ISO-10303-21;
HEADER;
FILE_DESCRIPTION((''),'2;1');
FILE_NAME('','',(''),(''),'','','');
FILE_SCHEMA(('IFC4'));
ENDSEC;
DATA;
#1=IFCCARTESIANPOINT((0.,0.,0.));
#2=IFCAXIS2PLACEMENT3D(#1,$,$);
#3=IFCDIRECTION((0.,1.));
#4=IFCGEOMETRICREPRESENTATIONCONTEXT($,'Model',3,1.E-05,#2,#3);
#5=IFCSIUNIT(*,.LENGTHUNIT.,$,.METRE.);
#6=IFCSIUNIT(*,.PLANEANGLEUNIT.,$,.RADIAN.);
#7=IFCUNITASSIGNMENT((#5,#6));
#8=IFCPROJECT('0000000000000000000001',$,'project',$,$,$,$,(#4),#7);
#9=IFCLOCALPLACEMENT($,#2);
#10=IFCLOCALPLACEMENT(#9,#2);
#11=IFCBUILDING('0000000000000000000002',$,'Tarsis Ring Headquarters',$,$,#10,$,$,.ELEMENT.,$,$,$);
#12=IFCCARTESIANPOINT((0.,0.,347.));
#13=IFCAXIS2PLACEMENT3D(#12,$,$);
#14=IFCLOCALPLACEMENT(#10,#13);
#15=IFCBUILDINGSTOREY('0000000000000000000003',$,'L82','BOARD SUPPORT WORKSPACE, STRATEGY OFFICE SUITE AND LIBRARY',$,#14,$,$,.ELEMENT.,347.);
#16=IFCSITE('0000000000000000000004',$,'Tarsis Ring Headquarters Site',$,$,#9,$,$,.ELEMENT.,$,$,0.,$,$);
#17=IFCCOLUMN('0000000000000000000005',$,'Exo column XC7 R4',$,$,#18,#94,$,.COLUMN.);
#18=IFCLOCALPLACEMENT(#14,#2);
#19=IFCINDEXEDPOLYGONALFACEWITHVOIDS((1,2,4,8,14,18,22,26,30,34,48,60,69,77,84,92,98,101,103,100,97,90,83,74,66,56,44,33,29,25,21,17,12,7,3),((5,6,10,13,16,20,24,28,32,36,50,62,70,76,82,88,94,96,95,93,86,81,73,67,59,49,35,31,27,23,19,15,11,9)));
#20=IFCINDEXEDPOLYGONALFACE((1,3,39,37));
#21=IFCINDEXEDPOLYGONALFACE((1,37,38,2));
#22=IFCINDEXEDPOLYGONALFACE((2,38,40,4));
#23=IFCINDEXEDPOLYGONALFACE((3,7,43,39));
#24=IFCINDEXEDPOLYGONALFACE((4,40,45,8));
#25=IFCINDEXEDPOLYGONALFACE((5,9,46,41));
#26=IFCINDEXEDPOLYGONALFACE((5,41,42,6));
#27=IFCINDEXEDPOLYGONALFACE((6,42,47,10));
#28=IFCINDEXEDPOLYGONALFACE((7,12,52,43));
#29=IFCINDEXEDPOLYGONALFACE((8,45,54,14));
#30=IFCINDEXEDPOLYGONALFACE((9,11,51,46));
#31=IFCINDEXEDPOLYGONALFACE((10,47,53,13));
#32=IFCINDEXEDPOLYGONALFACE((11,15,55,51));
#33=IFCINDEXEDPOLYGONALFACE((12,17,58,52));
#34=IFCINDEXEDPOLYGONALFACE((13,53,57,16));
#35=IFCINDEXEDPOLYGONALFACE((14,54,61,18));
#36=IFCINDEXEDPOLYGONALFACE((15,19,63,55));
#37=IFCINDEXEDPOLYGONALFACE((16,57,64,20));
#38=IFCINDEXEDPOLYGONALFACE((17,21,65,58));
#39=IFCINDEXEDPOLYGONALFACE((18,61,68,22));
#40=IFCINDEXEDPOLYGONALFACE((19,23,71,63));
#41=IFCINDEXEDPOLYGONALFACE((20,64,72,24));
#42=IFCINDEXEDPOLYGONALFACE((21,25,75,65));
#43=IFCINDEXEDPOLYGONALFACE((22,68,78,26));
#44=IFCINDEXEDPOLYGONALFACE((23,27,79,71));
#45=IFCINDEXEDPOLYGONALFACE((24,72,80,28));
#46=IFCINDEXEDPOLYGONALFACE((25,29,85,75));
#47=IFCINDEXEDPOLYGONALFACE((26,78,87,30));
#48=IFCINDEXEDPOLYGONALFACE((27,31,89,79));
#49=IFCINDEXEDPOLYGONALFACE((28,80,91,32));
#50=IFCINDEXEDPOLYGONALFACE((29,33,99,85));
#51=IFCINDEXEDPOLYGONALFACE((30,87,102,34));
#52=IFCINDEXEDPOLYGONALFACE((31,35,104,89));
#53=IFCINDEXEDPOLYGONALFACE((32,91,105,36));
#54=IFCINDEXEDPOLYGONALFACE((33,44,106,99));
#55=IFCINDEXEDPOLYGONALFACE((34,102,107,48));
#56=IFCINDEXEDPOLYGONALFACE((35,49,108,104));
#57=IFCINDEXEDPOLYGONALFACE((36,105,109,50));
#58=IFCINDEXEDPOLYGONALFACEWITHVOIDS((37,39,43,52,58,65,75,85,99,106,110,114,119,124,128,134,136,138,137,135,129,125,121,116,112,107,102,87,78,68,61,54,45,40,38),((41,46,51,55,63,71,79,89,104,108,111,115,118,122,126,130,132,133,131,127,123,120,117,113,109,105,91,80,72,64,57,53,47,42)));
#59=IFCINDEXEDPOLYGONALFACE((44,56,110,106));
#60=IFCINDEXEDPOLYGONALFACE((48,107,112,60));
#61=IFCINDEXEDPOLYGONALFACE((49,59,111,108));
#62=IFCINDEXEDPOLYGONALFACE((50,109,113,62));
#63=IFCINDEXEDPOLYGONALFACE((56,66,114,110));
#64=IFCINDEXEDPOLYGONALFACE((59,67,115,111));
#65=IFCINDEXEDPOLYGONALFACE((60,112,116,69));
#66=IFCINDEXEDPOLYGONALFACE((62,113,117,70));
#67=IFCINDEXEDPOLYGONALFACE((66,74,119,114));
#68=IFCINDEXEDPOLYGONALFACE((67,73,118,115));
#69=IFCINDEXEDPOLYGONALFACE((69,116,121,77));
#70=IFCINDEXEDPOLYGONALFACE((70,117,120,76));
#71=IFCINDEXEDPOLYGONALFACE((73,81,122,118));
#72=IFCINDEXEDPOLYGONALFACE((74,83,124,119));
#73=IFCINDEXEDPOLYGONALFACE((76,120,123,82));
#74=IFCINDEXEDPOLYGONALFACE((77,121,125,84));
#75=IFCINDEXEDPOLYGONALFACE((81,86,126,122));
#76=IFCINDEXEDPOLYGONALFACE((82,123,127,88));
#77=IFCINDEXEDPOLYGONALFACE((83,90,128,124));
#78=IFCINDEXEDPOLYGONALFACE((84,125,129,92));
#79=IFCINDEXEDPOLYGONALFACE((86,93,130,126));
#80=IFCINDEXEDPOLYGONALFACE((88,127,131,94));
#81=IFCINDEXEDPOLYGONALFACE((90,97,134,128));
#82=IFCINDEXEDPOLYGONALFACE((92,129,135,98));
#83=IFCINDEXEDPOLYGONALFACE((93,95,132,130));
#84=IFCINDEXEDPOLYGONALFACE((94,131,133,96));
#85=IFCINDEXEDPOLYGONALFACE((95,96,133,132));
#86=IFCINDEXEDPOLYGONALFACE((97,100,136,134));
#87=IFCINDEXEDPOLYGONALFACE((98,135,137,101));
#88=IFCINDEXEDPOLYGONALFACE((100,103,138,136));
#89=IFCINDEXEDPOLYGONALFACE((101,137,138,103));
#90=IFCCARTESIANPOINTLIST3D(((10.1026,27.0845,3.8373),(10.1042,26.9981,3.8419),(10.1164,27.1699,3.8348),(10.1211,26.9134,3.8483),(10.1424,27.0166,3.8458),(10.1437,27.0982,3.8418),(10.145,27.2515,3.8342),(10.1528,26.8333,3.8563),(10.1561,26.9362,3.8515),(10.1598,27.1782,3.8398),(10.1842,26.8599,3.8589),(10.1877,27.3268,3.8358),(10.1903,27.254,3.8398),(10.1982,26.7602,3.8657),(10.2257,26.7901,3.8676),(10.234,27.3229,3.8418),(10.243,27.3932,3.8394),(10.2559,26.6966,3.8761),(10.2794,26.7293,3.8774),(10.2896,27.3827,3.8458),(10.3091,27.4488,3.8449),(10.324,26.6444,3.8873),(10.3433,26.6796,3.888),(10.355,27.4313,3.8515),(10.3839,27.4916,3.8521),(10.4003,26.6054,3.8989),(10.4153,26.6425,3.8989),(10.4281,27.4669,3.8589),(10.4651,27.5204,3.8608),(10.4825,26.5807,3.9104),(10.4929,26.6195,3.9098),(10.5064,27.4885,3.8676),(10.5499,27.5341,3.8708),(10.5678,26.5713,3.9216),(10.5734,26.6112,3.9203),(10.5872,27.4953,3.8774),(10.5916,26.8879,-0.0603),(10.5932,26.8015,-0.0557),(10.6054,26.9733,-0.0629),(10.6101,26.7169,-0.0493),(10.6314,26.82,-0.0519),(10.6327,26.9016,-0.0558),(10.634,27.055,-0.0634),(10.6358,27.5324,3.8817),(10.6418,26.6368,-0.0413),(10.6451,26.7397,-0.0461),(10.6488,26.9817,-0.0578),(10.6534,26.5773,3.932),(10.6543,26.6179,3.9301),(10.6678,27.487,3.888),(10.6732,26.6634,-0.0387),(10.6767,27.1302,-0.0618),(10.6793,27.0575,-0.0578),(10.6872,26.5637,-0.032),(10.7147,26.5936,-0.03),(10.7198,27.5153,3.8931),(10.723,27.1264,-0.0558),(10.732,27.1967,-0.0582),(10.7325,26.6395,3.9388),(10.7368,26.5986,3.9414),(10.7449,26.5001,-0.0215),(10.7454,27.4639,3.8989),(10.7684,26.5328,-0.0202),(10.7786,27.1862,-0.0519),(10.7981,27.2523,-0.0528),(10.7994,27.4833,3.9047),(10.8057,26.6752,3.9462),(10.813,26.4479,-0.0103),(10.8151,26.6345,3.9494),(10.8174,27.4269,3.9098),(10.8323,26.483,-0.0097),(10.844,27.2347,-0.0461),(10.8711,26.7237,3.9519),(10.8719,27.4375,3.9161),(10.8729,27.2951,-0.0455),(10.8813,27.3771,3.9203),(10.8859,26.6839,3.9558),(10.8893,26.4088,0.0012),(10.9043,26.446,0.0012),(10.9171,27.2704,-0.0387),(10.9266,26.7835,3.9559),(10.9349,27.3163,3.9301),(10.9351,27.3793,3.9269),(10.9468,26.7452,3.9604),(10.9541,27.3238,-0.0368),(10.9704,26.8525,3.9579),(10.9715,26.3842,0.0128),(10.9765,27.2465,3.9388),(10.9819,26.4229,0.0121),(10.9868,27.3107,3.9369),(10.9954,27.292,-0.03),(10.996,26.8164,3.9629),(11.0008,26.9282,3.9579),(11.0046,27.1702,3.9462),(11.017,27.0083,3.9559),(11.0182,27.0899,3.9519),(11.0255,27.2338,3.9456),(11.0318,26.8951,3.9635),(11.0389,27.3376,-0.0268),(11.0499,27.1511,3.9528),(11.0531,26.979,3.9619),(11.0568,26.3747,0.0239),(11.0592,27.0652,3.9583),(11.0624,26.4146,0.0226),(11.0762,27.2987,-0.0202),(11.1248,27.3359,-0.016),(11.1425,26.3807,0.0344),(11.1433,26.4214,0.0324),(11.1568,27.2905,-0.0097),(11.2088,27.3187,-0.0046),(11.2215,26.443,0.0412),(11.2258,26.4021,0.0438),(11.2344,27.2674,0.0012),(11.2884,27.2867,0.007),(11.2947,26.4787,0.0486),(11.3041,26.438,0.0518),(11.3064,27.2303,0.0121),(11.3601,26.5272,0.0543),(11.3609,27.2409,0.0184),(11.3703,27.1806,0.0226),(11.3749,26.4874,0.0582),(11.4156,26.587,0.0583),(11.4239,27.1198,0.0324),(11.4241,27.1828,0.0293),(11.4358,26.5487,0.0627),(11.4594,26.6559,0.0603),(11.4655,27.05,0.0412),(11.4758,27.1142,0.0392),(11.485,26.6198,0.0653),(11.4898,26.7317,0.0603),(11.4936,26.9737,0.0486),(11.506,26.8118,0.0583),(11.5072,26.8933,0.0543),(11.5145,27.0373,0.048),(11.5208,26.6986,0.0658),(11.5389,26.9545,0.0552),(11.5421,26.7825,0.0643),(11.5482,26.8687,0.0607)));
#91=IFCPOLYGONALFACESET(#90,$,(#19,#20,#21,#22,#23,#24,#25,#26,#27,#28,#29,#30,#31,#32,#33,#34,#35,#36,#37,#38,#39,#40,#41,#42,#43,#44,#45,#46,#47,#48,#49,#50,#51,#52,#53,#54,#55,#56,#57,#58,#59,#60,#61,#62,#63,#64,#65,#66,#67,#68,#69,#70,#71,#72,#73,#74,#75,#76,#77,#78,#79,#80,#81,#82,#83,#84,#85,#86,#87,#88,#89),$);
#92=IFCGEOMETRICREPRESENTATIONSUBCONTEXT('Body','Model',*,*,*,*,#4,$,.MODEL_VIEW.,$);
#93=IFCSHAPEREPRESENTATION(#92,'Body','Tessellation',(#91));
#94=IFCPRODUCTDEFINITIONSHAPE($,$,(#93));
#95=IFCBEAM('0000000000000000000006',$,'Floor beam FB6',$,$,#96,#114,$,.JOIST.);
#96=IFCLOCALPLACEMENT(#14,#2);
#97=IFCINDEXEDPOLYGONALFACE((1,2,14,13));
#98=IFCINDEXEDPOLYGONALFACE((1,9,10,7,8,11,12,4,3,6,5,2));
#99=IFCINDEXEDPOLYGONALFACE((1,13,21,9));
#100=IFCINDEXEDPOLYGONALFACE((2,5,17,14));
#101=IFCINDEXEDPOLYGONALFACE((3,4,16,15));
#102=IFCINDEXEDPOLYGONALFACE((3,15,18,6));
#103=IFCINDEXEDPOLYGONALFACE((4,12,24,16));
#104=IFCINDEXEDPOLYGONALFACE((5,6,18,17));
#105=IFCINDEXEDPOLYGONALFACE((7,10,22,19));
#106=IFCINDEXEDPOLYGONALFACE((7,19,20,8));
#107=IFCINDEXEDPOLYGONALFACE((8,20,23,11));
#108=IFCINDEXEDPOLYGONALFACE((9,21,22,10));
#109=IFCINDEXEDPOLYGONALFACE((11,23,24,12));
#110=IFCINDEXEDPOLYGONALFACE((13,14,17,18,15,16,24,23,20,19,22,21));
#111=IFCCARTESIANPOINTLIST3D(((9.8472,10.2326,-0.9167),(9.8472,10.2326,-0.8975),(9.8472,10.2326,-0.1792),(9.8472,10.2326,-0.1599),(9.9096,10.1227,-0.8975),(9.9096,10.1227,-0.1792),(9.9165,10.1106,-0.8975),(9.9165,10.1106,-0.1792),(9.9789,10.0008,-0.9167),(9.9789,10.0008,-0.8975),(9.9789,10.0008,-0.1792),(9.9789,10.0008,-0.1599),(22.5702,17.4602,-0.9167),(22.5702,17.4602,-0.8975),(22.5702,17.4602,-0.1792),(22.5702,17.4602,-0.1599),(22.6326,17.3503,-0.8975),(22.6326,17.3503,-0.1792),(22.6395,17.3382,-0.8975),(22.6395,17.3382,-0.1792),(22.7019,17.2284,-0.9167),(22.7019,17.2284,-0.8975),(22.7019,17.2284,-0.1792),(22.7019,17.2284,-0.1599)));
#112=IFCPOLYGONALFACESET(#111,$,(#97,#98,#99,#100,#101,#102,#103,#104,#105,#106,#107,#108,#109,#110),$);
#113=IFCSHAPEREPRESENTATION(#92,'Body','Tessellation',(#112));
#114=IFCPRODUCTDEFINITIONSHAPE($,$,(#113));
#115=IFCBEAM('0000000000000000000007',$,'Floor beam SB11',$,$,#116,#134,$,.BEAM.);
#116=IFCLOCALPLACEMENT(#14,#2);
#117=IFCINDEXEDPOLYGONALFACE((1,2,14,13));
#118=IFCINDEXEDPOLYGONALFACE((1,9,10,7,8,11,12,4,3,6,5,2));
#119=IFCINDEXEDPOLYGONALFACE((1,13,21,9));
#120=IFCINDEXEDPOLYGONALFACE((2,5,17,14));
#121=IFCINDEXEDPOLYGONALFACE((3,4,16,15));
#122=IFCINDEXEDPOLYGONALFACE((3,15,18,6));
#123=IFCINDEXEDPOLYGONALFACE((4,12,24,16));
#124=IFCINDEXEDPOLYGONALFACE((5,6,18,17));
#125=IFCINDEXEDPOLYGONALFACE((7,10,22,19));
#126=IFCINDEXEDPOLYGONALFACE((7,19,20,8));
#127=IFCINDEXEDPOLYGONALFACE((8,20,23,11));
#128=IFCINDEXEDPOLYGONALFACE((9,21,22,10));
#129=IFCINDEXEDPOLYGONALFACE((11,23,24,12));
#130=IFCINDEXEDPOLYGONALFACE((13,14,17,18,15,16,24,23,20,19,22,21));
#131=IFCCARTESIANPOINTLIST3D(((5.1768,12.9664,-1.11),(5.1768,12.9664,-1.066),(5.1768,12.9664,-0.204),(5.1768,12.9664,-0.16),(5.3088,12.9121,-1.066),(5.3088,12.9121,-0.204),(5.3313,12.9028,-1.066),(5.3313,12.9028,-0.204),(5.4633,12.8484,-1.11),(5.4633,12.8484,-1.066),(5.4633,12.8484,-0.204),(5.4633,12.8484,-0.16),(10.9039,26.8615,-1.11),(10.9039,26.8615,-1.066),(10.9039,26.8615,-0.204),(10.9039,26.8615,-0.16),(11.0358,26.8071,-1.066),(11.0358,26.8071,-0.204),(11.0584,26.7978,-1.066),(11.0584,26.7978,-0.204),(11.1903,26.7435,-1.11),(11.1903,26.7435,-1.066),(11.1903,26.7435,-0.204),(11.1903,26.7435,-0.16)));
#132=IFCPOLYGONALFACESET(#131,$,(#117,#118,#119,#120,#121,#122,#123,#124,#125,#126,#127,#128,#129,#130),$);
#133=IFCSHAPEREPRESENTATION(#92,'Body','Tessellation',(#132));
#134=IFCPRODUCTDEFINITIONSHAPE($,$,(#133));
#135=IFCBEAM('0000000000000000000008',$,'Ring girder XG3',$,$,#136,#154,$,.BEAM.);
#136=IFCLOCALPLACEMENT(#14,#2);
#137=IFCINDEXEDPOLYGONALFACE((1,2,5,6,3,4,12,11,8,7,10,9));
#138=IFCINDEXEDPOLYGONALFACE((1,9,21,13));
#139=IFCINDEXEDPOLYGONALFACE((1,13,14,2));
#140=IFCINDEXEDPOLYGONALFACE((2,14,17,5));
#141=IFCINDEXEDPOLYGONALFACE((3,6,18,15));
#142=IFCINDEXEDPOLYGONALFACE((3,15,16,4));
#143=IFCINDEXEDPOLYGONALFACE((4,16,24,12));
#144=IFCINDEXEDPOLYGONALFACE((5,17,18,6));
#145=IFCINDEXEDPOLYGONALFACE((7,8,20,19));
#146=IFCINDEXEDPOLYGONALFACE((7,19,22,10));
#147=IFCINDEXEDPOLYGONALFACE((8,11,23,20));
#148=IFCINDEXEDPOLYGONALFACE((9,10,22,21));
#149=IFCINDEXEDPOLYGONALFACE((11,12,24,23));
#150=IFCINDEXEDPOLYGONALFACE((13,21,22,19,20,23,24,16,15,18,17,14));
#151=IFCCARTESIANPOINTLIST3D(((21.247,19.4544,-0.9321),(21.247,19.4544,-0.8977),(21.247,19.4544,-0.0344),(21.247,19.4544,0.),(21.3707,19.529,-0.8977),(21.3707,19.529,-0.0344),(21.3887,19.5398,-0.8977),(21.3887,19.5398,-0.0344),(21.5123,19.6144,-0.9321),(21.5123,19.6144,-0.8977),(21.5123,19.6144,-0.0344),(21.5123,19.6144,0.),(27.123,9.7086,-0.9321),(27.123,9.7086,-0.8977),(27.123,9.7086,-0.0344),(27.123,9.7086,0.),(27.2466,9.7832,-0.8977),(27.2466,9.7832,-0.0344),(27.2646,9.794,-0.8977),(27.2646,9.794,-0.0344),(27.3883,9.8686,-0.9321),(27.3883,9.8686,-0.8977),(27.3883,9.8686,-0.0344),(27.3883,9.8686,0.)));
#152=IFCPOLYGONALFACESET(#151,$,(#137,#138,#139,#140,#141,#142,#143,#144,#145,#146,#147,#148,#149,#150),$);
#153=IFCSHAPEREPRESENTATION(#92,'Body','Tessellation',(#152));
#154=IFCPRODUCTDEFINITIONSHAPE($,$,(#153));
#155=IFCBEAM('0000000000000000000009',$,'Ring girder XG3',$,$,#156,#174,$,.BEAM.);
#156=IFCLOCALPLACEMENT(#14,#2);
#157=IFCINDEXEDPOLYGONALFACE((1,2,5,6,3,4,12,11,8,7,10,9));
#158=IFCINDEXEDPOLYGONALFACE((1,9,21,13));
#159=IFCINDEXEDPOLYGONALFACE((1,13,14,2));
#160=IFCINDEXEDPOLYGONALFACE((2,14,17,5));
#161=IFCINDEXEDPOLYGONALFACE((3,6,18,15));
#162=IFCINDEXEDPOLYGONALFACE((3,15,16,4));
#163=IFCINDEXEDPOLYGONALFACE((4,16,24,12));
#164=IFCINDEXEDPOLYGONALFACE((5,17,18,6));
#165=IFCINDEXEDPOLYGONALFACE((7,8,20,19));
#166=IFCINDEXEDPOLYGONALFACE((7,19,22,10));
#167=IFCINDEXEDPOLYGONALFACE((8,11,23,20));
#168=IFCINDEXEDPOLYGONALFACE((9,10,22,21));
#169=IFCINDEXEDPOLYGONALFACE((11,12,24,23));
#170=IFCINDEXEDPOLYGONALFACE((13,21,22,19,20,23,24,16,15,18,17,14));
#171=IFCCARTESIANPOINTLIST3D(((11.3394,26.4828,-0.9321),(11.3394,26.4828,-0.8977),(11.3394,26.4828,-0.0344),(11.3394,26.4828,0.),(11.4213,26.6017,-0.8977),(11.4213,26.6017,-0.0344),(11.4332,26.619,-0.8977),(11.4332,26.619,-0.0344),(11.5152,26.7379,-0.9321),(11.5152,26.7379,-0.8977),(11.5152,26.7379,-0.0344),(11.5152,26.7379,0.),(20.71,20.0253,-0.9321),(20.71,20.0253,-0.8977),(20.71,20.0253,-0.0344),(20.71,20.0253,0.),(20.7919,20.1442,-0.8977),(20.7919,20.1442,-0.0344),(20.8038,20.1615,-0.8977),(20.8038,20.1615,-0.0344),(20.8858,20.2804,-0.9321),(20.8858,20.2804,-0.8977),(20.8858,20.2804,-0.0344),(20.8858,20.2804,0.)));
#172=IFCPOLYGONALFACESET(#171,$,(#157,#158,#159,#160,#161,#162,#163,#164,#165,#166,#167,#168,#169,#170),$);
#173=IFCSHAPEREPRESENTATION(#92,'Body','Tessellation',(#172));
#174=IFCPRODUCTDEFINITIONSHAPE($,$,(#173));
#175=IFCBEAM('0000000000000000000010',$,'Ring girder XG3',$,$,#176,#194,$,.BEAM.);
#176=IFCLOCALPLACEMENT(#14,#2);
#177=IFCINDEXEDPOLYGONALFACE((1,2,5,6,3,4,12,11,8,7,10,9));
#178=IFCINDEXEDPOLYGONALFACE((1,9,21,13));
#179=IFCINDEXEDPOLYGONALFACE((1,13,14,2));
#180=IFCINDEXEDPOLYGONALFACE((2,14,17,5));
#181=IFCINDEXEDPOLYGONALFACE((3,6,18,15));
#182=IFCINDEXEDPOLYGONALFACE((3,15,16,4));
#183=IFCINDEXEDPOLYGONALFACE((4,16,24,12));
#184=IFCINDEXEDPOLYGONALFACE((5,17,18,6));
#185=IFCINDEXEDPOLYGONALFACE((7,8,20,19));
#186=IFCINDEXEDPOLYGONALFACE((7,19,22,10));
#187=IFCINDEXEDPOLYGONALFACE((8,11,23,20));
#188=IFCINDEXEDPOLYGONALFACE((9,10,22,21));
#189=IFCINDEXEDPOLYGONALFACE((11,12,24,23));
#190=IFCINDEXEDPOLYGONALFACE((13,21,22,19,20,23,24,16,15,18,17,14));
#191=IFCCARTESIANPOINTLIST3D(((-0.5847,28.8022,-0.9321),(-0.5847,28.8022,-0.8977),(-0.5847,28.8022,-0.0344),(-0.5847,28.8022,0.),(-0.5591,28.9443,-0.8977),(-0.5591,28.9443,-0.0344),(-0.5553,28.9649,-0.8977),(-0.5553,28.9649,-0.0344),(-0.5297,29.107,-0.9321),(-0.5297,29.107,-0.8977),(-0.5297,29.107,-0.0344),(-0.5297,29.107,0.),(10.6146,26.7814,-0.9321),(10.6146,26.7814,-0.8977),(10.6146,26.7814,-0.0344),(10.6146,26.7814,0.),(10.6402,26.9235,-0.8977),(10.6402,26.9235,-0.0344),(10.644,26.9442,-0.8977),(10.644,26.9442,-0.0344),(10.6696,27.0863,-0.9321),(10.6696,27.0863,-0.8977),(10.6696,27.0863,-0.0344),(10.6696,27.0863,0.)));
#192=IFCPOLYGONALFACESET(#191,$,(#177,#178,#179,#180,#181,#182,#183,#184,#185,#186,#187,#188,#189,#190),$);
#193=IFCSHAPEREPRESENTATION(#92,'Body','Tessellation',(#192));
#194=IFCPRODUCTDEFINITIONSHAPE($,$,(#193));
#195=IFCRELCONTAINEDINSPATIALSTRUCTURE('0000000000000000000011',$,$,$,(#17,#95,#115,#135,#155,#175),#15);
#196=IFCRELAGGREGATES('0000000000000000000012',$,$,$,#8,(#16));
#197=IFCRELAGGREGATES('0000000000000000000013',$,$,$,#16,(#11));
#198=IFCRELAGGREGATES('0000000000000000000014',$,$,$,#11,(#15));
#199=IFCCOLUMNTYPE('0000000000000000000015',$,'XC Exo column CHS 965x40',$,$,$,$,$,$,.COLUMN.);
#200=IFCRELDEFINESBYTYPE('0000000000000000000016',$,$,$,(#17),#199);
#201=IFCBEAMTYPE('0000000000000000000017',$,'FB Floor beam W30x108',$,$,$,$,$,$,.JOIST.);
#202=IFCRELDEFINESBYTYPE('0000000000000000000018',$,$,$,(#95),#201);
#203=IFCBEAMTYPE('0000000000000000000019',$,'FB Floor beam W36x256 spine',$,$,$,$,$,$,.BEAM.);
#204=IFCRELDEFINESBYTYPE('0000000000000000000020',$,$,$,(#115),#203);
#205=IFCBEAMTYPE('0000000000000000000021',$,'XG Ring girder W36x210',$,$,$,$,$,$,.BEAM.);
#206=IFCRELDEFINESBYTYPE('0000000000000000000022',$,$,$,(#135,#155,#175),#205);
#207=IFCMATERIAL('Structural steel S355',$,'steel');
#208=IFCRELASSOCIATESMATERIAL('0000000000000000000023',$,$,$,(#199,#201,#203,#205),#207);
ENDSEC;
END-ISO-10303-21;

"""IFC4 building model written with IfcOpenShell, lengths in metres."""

from ifc_helpers import new_model, si_unit, direction, frame, origin, origin_2d, place, context, subcontext, project, spatial, hollow_circle, i_section, extrude, material, material_profile, profile_set, type_object, element, save


model = new_model("IFC4")

# Units and contexts
model_context = context("Model", 3, precision=1e-05, world=origin(), true_north=direction((0.0, 1.0)))
body_context = subcontext(model_context, "Body", "Model", "MODEL_VIEW")
ifc_project = project(units=[si_unit("LENGTHUNIT", "METRE"), si_unit("PLANEANGLEUNIT", "RADIAN")], contexts=[model_context])

# Site, building, storey
site_placement = place(None, origin())
site = spatial("IfcSite", under=ifc_project, at=site_placement, Name="Tarsis Ring Headquarters Site", CompositionType="ELEMENT", RefElevation=0.0)
building_placement = place(site_placement, origin())
building = spatial("IfcBuilding", under=site, at=building_placement, Name="Tarsis Ring Headquarters", CompositionType="ELEMENT")
storey_placement = place(building_placement, frame((0.0, 0.0, 347.0)))
storey = spatial("IfcBuildingStorey", under=building, at=storey_placement, Name="L82", Description="BOARD SUPPORT WORKSPACE, STRATEGY OFFICE SUITE AND LIBRARY", CompositionType="ELEMENT", Elevation=347.0)

# Column
ifc_material_1 = material(Name="Structural steel S355", Category="steel")
ifc_material_profile_1 = material_profile(ifc_material_1, hollow_circle(Radius=0.4827, WallThickness=0.04, at=origin_2d()), Name="CHS 965x40")
ifc_profile_set_1 = profile_set([ifc_material_profile_1], Name="Structural steel S355")
column_type = type_object("IfcColumnType", Name="XC Exo column CHS 965x40", PredefinedType="COLUMN", material=ifc_profile_set_1)
for number, where, z_axis, x_axis, name in (
    (1, (11.0693, 26.8567, 0.0012), (-0.124331, 0.049968, 0.990982), (-0.372908, -0.927868, 0.0), "Exo column XC7 R4"),
):
    element("IfcColumn", number, at=place(storey_placement, frame(where, z_axis=z_axis, x_axis=x_axis)), inside=storey, type_object=column_type, Name=name, PredefinedType="COLUMN", context=body_context, shape_type="SweptSolid", body=[
        extrude(hollow_circle(Radius=0.4827, WallThickness=0.04, at=origin_2d()), origin(), (0.0, 0.0, 1.0), 3.9331),
    ])

# Beams
ifc_material_profile_2 = material_profile(ifc_material_1, i_section(OverallWidth=0.2666, OverallDepth=0.7568, WebThickness=0.0139, FlangeThickness=0.0193, at=origin_2d()), Name="W30x108")
ifc_profile_set_2 = profile_set([ifc_material_profile_2], Name="Structural steel S355")
beam_type_1 = type_object("IfcBeamType", Name="FB Floor beam W30x108", PredefinedType="JOIST", material=ifc_profile_set_2)
beam_1_placement = place(storey_placement, frame((9.9131, 10.1167, -0.5383), z_axis=(0.869497, 0.493938, 0.0), x_axis=(-0.493938, 0.869497, 0.0)))
element("IfcBeam", 2, at=beam_1_placement, inside=storey, type_object=beam_type_1, Name="Floor beam FB6", PredefinedType="JOIST", context=body_context, shape_type="SweptSolid", body=[
    extrude(i_section(OverallWidth=0.2666, OverallDepth=0.7568, WebThickness=0.0139, FlangeThickness=0.0193, at=origin_2d()), origin(), (0.0, 0.0, 1.0), 14.6326),
])
ifc_material_profile_3 = material_profile(ifc_material_1, i_section(OverallWidth=0.3098, OverallDepth=0.95, WebThickness=0.0244, FlangeThickness=0.0439, at=origin_2d()), Name="W36x256")
ifc_profile_set_3 = profile_set([ifc_material_profile_3], Name="Structural steel S355")
beam_type_2 = type_object("IfcBeamType", Name="FB Floor beam W36x256 spine", PredefinedType="BEAM", material=ifc_profile_set_3)
beam_2_placement = place(storey_placement, frame((11.0471, 26.8025, -0.635), z_axis=(-0.381067, -0.924548, 0.0), x_axis=(0.924548, -0.381067, 0.0)))
element("IfcBeam", 3, at=beam_2_placement, inside=storey, type_object=beam_type_2, Name="Floor beam SB11", PredefinedType="BEAM", context=body_context, shape_type="SweptSolid", body=[
    extrude(i_section(OverallWidth=0.3098, OverallDepth=0.95, WebThickness=0.0244, FlangeThickness=0.0439, at=origin_2d()), origin(), (0.0, 0.0, 1.0), 15.0291),
])
ifc_material_profile_4 = material_profile(ifc_material_1, i_section(OverallWidth=0.3098, OverallDepth=0.9321, WebThickness=0.021, FlangeThickness=0.0344, at=origin_2d()), Name="W36x210")
ifc_profile_set_4 = profile_set([ifc_material_profile_4], Name="Structural steel S355")
beam_type_3 = type_object("IfcBeamType", Name="XG Ring girder W36x210", PredefinedType="BEAM", material=ifc_profile_set_4)
for number, where, z_axis, x_axis, name in (
    (4, (27.2556, 9.7886, -0.4661), (-0.516334, 0.856387, 0.0), (-0.856387, -0.516334, 0.0), "Ring girder XG3"),
    (5, (20.7979, 20.1528, -0.4661), (-0.823417, 0.567437, 0.0), (-0.567437, -0.823417, 0.0), "Ring girder XG3"),
    (6, (10.6421, 26.9338, -0.4661), (-0.984108, 0.177569, 0.0), (-0.177569, -0.984108, 0.0), "Ring girder XG3"),
):
    element("IfcBeam", number, at=place(storey_placement, frame(where, z_axis=z_axis, x_axis=x_axis)), inside=storey, type_object=beam_type_3, Name=name, PredefinedType="BEAM", context=body_context, shape_type="SweptSolid", body=[
        extrude(i_section(OverallWidth=0.3098, OverallDepth=0.9321, WebThickness=0.021, FlangeThickness=0.0344, at=origin_2d()), origin(), (0.0, 0.0, 1.0), 11.3801),
    ])

save(model, "model.ifc")
